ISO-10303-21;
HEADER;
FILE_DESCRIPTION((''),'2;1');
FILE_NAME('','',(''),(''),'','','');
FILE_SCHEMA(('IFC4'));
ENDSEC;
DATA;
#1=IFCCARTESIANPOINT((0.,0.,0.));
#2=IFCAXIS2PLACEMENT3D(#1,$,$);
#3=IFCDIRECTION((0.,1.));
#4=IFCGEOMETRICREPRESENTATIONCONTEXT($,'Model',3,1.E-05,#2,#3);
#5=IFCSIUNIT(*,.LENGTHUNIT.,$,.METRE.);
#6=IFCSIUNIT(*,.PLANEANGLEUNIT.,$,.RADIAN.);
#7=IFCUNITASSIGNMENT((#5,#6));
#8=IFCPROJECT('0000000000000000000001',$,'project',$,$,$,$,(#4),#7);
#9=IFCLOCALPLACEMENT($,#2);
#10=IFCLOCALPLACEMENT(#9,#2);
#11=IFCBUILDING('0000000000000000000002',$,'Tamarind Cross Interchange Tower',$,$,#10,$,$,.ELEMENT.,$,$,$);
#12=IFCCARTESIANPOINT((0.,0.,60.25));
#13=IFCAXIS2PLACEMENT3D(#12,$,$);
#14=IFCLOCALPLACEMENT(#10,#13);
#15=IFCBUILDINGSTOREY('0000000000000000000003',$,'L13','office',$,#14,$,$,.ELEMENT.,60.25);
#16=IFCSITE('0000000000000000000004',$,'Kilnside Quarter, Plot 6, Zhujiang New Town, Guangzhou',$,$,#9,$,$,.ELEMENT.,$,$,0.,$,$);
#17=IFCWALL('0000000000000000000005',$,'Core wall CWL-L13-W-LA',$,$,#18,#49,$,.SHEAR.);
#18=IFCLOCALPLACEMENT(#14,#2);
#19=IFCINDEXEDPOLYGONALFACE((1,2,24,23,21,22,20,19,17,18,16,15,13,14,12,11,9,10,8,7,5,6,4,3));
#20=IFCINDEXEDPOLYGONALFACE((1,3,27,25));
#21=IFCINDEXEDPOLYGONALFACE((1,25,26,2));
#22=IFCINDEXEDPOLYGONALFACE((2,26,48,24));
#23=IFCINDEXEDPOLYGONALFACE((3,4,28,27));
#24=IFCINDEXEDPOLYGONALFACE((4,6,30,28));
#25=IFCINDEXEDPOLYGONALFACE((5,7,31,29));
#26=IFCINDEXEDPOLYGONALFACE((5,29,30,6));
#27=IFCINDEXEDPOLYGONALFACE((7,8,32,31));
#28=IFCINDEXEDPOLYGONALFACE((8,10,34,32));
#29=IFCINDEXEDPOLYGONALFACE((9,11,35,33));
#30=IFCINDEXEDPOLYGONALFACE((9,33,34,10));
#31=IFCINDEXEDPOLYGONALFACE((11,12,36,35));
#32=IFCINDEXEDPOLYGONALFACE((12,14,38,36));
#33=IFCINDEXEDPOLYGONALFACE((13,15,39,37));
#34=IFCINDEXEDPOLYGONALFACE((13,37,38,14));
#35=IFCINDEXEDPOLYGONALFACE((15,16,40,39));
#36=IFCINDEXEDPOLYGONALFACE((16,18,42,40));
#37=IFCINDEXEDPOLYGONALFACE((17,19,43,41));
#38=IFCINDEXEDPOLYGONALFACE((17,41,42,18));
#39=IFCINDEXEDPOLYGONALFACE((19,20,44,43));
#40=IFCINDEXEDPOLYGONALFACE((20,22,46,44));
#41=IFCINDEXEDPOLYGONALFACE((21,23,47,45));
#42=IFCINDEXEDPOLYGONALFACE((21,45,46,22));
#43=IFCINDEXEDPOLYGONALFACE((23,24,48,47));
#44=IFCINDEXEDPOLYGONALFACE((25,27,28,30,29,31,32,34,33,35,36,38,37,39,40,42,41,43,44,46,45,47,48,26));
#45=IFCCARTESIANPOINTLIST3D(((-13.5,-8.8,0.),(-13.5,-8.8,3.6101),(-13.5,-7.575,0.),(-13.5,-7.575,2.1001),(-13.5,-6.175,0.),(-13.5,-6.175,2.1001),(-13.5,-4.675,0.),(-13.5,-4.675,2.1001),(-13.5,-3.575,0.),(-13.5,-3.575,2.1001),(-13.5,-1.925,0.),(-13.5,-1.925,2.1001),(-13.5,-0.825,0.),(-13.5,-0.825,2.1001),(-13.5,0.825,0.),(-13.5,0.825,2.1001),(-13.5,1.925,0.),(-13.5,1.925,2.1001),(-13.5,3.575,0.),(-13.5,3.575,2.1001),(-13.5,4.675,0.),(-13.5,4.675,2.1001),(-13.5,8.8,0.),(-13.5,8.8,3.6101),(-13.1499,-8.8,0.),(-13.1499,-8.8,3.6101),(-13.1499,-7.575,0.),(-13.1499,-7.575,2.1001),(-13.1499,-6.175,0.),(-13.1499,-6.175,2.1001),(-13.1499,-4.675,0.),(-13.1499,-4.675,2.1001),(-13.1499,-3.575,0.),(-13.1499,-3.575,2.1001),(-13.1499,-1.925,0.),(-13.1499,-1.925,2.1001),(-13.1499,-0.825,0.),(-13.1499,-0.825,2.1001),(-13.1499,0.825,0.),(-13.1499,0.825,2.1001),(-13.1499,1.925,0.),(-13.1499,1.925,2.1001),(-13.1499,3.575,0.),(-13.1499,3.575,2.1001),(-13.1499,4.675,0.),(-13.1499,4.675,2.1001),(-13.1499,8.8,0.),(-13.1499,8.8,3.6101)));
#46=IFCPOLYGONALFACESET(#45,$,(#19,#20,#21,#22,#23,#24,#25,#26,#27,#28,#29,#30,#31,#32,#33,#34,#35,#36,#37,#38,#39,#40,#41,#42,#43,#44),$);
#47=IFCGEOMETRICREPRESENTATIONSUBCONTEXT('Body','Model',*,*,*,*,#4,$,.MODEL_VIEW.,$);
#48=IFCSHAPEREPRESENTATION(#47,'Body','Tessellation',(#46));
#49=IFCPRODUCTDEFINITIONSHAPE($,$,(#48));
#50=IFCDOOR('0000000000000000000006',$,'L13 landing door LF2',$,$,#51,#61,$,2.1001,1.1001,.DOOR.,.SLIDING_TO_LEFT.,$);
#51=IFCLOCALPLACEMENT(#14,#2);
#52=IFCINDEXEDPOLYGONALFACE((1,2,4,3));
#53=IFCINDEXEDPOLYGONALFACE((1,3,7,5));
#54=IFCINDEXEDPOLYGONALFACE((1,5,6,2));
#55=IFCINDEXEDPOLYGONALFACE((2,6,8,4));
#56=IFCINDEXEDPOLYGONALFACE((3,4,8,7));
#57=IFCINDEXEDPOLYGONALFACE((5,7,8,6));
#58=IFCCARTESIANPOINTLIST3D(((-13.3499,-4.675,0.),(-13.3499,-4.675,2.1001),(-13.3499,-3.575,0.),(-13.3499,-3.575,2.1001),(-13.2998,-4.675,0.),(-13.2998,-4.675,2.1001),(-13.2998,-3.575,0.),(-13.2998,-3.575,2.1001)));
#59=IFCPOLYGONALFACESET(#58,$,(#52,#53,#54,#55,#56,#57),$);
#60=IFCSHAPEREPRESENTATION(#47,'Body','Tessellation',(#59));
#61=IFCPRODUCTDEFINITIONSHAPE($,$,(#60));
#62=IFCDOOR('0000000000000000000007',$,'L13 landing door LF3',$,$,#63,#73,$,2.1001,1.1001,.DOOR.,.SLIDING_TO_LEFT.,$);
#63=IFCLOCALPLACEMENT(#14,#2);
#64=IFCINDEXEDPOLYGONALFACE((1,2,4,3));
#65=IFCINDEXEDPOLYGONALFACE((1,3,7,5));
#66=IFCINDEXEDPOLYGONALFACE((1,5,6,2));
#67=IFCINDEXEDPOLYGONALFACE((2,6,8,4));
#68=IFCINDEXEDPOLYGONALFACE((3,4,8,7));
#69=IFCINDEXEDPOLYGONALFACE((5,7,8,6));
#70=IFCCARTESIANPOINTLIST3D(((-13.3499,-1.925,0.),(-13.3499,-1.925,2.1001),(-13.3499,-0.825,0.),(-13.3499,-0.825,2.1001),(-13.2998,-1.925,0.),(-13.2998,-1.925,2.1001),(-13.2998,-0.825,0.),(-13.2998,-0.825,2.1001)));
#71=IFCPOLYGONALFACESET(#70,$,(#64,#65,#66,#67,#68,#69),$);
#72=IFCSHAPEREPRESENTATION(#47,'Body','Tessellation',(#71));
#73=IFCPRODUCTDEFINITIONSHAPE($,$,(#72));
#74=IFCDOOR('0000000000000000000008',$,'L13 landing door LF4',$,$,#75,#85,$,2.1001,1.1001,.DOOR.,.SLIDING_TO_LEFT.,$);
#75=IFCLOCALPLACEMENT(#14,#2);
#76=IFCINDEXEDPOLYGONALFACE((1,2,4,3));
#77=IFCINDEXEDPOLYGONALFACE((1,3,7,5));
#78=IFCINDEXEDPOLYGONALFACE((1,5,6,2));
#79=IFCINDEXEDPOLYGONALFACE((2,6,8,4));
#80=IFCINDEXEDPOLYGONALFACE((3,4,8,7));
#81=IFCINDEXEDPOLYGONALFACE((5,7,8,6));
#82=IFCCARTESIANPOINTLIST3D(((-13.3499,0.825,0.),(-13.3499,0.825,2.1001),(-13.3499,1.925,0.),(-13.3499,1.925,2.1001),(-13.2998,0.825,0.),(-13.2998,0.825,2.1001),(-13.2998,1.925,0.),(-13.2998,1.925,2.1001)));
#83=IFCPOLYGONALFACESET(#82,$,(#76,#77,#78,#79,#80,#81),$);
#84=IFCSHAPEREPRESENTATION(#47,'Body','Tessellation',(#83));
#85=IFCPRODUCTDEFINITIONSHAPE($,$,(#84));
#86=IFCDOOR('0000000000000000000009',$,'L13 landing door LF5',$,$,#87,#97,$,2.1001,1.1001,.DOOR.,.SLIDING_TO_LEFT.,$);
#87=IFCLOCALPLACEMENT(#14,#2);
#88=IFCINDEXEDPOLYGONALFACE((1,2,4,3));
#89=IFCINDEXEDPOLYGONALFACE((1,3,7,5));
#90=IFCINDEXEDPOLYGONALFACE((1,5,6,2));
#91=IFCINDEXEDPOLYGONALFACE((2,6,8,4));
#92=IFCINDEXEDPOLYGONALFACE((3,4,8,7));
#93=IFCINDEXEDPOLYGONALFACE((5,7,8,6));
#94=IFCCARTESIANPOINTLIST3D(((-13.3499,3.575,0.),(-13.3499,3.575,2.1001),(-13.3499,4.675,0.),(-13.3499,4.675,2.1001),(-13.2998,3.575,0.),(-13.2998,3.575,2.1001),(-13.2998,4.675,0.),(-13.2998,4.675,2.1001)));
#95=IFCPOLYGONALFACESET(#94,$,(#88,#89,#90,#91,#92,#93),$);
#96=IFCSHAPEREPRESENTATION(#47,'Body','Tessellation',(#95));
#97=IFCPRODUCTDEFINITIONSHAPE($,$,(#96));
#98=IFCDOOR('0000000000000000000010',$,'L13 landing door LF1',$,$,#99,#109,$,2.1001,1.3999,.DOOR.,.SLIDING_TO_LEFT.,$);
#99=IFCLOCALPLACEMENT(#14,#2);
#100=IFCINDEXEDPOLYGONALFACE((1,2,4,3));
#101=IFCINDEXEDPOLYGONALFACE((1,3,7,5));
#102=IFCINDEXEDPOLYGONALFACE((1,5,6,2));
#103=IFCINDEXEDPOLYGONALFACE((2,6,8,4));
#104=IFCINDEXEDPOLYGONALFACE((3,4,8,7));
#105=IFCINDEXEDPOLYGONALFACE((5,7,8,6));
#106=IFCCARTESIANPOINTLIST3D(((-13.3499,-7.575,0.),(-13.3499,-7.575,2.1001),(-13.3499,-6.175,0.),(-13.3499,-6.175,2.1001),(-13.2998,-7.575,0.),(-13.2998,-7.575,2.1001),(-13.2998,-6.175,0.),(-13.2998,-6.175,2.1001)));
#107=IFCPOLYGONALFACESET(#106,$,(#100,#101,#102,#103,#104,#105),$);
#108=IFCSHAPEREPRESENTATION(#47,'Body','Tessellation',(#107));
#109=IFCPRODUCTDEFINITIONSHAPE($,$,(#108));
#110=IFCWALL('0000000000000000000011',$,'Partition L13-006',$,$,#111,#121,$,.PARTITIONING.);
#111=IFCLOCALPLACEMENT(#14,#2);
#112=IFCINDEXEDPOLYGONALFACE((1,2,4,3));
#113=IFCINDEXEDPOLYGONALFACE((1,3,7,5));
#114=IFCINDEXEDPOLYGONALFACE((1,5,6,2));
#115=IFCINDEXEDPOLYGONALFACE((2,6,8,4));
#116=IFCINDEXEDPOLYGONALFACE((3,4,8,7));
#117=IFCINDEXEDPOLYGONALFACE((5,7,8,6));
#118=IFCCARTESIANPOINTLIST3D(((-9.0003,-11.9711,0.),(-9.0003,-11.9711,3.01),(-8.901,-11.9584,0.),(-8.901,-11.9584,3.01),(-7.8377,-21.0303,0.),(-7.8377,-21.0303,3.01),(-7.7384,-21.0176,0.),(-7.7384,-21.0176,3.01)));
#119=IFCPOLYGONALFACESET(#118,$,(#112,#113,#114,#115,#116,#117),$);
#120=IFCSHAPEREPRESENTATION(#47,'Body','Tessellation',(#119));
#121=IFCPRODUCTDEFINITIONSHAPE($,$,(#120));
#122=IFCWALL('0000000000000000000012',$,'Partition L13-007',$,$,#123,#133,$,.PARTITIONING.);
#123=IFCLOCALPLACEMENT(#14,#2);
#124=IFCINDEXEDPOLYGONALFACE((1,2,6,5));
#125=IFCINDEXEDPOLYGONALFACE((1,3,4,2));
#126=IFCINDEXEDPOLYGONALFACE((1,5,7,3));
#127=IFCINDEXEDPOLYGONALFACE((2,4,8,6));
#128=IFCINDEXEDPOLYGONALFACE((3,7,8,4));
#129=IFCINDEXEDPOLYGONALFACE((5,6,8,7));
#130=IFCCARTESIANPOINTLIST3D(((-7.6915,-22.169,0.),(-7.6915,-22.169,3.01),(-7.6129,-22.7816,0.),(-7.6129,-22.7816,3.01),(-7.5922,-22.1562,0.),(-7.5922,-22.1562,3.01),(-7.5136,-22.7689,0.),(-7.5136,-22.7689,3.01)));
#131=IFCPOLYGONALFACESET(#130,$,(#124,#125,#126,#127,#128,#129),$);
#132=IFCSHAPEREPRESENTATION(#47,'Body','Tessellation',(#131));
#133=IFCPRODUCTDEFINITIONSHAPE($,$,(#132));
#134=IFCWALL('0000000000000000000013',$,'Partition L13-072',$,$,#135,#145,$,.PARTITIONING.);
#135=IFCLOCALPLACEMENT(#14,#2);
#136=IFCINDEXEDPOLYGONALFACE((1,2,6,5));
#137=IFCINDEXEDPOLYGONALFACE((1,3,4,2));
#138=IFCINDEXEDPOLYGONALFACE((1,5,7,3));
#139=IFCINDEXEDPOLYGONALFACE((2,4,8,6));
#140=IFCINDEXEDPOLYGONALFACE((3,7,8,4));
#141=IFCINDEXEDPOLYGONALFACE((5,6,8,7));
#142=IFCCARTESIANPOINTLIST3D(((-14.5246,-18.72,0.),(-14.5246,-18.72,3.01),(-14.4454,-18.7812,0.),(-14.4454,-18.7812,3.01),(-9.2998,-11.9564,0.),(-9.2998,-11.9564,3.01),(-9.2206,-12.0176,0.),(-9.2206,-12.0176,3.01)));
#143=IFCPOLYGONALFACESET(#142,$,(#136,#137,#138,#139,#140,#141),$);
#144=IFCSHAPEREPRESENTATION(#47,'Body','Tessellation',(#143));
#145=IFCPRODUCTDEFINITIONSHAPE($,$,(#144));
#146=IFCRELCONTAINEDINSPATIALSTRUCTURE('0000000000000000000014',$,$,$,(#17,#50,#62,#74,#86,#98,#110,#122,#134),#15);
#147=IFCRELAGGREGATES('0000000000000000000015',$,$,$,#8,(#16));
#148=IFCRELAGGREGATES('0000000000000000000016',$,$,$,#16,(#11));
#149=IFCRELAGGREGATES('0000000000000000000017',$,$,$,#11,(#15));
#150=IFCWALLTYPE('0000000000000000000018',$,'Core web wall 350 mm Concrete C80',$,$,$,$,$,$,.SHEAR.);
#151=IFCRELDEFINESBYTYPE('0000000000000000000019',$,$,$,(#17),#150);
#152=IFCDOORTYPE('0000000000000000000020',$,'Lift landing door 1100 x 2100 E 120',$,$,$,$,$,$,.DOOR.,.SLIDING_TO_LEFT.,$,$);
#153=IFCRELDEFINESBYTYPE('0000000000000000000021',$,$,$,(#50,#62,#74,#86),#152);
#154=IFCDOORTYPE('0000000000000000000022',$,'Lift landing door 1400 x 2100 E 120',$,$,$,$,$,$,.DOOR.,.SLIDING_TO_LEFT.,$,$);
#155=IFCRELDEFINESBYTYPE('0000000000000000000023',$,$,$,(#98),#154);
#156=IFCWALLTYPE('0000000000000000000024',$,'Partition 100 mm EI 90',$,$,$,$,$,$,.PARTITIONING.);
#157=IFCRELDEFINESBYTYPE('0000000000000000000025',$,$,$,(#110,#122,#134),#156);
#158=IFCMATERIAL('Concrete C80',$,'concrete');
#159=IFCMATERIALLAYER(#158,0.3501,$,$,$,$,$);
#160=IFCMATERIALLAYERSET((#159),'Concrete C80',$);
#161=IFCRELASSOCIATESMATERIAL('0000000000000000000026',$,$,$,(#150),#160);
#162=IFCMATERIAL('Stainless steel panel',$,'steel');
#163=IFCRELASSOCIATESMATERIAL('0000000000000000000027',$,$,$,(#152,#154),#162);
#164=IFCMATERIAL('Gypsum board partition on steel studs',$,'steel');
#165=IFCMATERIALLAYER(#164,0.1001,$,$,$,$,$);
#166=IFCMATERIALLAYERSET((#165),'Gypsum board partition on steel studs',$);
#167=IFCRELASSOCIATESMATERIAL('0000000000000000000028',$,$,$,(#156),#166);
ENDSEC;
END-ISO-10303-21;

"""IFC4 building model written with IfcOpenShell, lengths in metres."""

from ifc_helpers import new_model, si_unit, direction, frame, frame_2d, origin, place, context, subcontext, project, spatial, rectangle, extrude, material, layer, layer_set, type_object, element, fill, save


model = new_model("IFC4")

# Units and contexts
model_context = context("Model", 3, precision=1e-05, world=origin(), true_north=direction((0.0, 1.0)))
body_context = subcontext(model_context, "Body", "Model", "MODEL_VIEW")
ifc_project = project(units=[si_unit("LENGTHUNIT", "METRE"), si_unit("PLANEANGLEUNIT", "RADIAN")], contexts=[model_context])

# Site, building, storey
site_placement = place(None, origin())
site = spatial("IfcSite", under=ifc_project, at=site_placement, Name="Kilnside Quarter, Plot 6, Zhujiang New Town, Guangzhou", CompositionType="ELEMENT", RefElevation=0.0)
building_placement = place(site_placement, origin())
building = spatial("IfcBuilding", under=site, at=building_placement, Name="Tamarind Cross Interchange Tower", CompositionType="ELEMENT")
storey_placement = place(building_placement, frame((0.0, 0.0, 60.25)))
storey = spatial("IfcBuildingStorey", under=building, at=storey_placement, Name="L13", Description="office", CompositionType="ELEMENT", Elevation=60.25)

# Wall, openings, doors
ifc_material_1 = material(Name="Concrete C80", Category="concrete")
ifc_layer_1 = layer(ifc_material_1, 0.3501)
ifc_layer_set_1 = layer_set([ifc_layer_1], Name="Concrete C80")
wall_type_1 = type_object("IfcWallType", Name="Core web wall 350 mm Concrete C80", PredefinedType="SHEAR", material=ifc_layer_set_1)
wall_1_placement = place(storey_placement, frame((-13.325, -8.8, 0.0), z_axis=(0.0, 0.0, 1.0), x_axis=(0.0, 1.0, 0.0)))
wall_1 = element("IfcWall", 1, at=wall_1_placement, inside=storey, type_object=wall_type_1, Name="Core wall CWL-L13-W-LA", PredefinedType="SHEAR", context=body_context, shape_type="SweptSolid", body=[
    extrude(rectangle(XDim=17.6001, YDim=0.3501, at=frame_2d((8.8, 0.0))), origin(), (0.0, 0.0, 1.0), 3.6101),
])
opening_1_placement = place(wall_1_placement, frame((1.2251, 0.0, 0.0)))
opening_1 = element("IfcOpeningElement", 2, at=opening_1_placement, cuts=wall_1, PredefinedType="OPENING", context=body_context, shape_type="SweptSolid", body=[
    extrude(rectangle(XDim=1.3999, YDim=2.1001, at=frame_2d((0.7, 1.05))), frame((0.0, 0.1851, 0.0), z_axis=(0.0, -1.0, 0.0), x_axis=(1.0, 0.0, 0.0)), (0.0, 0.0, 1.0), 0.3701),
])
opening_2_placement = place(wall_1_placement, frame((4.125, 0.0, 0.0)))
opening_2 = element("IfcOpeningElement", 3, at=opening_2_placement, cuts=wall_1, PredefinedType="OPENING", context=body_context, shape_type="SweptSolid", body=[
    extrude(rectangle(XDim=1.1001, YDim=2.1001, at=frame_2d((0.55, 1.05))), frame((0.0, 0.1851, 0.0), z_axis=(0.0, -1.0, 0.0), x_axis=(1.0, 0.0, 0.0)), (0.0, 0.0, 1.0), 0.3701),
])
opening_3_placement = place(wall_1_placement, frame((6.875, 0.0, 0.0)))
opening_3 = element("IfcOpeningElement", 4, at=opening_3_placement, cuts=wall_1, PredefinedType="OPENING", context=body_context, shape_type="SweptSolid", body=[
    extrude(rectangle(XDim=1.1001, YDim=2.1001, at=frame_2d((0.55, 1.05))), frame((0.0, 0.1851, 0.0), z_axis=(0.0, -1.0, 0.0), x_axis=(1.0, 0.0, 0.0)), (0.0, 0.0, 1.0), 0.3701),
])
opening_4_placement = place(wall_1_placement, frame((9.625, 0.0, 0.0)))
opening_4 = element("IfcOpeningElement", 5, at=opening_4_placement, cuts=wall_1, PredefinedType="OPENING", context=body_context, shape_type="SweptSolid", body=[
    extrude(rectangle(XDim=1.1001, YDim=2.1001, at=frame_2d((0.55, 1.05))), frame((0.0, 0.1851, 0.0), z_axis=(0.0, -1.0, 0.0), x_axis=(1.0, 0.0, 0.0)), (0.0, 0.0, 1.0), 0.3701),
])
opening_5_placement = place(wall_1_placement, frame((12.375, 0.0, 0.0)))
opening_5 = element("IfcOpeningElement", 6, at=opening_5_placement, cuts=wall_1, PredefinedType="OPENING", context=body_context, shape_type="SweptSolid", body=[
    extrude(rectangle(XDim=1.1001, YDim=2.1001, at=frame_2d((0.55, 1.05))), frame((0.0, 0.1851, 0.0), z_axis=(0.0, -1.0, 0.0), x_axis=(1.0, 0.0, 0.0)), (0.0, 0.0, 1.0), 0.3701),
])
ifc_material_2 = material(Name="Stainless steel panel", Category="steel")
door_type_1 = type_object("IfcDoorType", Name="Lift landing door 1100 x 2100 E 120", OperationType="SLIDING_TO_LEFT", PredefinedType="DOOR", material=ifc_material_2)
door_1_placement = place(opening_2_placement, origin())
door_1 = element("IfcDoor", 7, at=door_1_placement, inside=storey, type_object=door_type_1, Name="L13 landing door LF2", OperationType="SLIDING_TO_LEFT", OverallHeight=2.1001, OverallWidth=1.1001, PredefinedType="DOOR", context=body_context, shape_type="SweptSolid", body=[
    extrude(rectangle(XDim=1.1001, YDim=2.1001, at=frame_2d((0.55, 1.05))), frame((0.0, 0.0249, 0.0), z_axis=(0.0, -1.0, 0.0), x_axis=(1.0, 0.0, 0.0)), (0.0, 0.0, 1.0), 0.05),
])
fill(opening_2, door_1)
door_2_placement = place(opening_3_placement, origin())
door_2 = element("IfcDoor", 8, at=door_2_placement, inside=storey, type_object=door_type_1, Name="L13 landing door LF3", OperationType="SLIDING_TO_LEFT", OverallHeight=2.1001, OverallWidth=1.1001, PredefinedType="DOOR", context=body_context, shape_type="SweptSolid", body=[
    extrude(rectangle(XDim=1.1001, YDim=2.1001, at=frame_2d((0.55, 1.05))), frame((0.0, 0.0249, 0.0), z_axis=(0.0, -1.0, 0.0), x_axis=(1.0, 0.0, 0.0)), (0.0, 0.0, 1.0), 0.05),
])
fill(opening_3, door_2)
door_3_placement = place(opening_4_placement, origin())
door_3 = element("IfcDoor", 9, at=door_3_placement, inside=storey, type_object=door_type_1, Name="L13 landing door LF4", OperationType="SLIDING_TO_LEFT", OverallHeight=2.1001, OverallWidth=1.1001, PredefinedType="DOOR", context=body_context, shape_type="SweptSolid", body=[
    extrude(rectangle(XDim=1.1001, YDim=2.1001, at=frame_2d((0.55, 1.05))), frame((0.0, 0.0249, 0.0), z_axis=(0.0, -1.0, 0.0), x_axis=(1.0, 0.0, 0.0)), (0.0, 0.0, 1.0), 0.05),
])
fill(opening_4, door_3)
door_4_placement = place(opening_5_placement, origin())
door_4 = element("IfcDoor", 10, at=door_4_placement, inside=storey, type_object=door_type_1, Name="L13 landing door LF5", OperationType="SLIDING_TO_LEFT", OverallHeight=2.1001, OverallWidth=1.1001, PredefinedType="DOOR", context=body_context, shape_type="SweptSolid", body=[
    extrude(rectangle(XDim=1.1001, YDim=2.1001, at=frame_2d((0.55, 1.05))), frame((0.0, 0.0249, 0.0), z_axis=(0.0, -1.0, 0.0), x_axis=(1.0, 0.0, 0.0)), (0.0, 0.0, 1.0), 0.05),
])
fill(opening_5, door_4)
door_type_2 = type_object("IfcDoorType", Name="Lift landing door 1400 x 2100 E 120", OperationType="SLIDING_TO_LEFT", PredefinedType="DOOR", material=ifc_material_2)
door_5_placement = place(opening_1_placement, origin())
door_5 = element("IfcDoor", 11, at=door_5_placement, inside=storey, type_object=door_type_2, Name="L13 landing door LF1", OperationType="SLIDING_TO_LEFT", OverallHeight=2.1001, OverallWidth=1.3999, PredefinedType="DOOR", context=body_context, shape_type="SweptSolid", body=[
    extrude(rectangle(XDim=1.3999, YDim=2.1001, at=frame_2d((0.7, 1.05))), frame((0.0, 0.0249, 0.0), z_axis=(0.0, -1.0, 0.0), x_axis=(1.0, 0.0, 0.0)), (0.0, 0.0, 1.0), 0.05),
])
fill(opening_1, door_5)

# Walls
ifc_material_3 = material(Name="Gypsum board partition on steel studs", Category="steel")
ifc_layer_2 = layer(ifc_material_3, 0.1001)
ifc_layer_set_2 = layer_set([ifc_layer_2], Name="Gypsum board partition on steel studs")
wall_type_2 = type_object("IfcWallType", Name="Partition 100 mm EI 90", PredefinedType="PARTITIONING", material=ifc_layer_set_2)
wall_2_placement = place(storey_placement, frame((-8.9507, -11.9646, 0.0), z_axis=(0.0, 0.0, 1.0), x_axis=(0.127288, -0.991866, 0.0)))
element("IfcWall", 12, at=wall_2_placement, inside=storey, type_object=wall_type_2, Name="Partition L13-006", PredefinedType="PARTITIONING", context=body_context, shape_type="SweptSolid", body=[
    extrude(rectangle(XDim=9.1335, YDim=0.1001, at=frame_2d((4.5669, 0.0))), origin(), (0.0, 0.0, 1.0), 3.01),
])
wall_3_placement = place(storey_placement, frame((-7.6418, -22.1626, 0.0), z_axis=(0.0, 0.0, 1.0), x_axis=(0.127294, -0.991865, 0.0)))
element("IfcWall", 13, at=wall_3_placement, inside=storey, type_object=wall_type_2, Name="Partition L13-007", PredefinedType="PARTITIONING", context=body_context, shape_type="SweptSolid", body=[
    extrude(rectangle(XDim=0.6177, YDim=0.1001, at=frame_2d((0.3088, 0.0))), origin(), (0.0, 0.0, 1.0), 3.01),
])
wall_4_placement = place(storey_placement, frame((-14.4851, -18.7507, 0.0), z_axis=(0.0, 0.0, 1.0), x_axis=(0.611329, 0.791377, 0.0)))
element("IfcWall", 14, at=wall_4_placement, inside=storey, type_object=wall_type_2, Name="Partition L13-072", PredefinedType="PARTITIONING", context=body_context, shape_type="SweptSolid", body=[
    extrude(rectangle(XDim=8.5466, YDim=0.1001, at=frame_2d((4.2734, 0.0))), origin(), (0.0, 0.0, 1.0), 3.01),
])

save(model, "model.ifc")
